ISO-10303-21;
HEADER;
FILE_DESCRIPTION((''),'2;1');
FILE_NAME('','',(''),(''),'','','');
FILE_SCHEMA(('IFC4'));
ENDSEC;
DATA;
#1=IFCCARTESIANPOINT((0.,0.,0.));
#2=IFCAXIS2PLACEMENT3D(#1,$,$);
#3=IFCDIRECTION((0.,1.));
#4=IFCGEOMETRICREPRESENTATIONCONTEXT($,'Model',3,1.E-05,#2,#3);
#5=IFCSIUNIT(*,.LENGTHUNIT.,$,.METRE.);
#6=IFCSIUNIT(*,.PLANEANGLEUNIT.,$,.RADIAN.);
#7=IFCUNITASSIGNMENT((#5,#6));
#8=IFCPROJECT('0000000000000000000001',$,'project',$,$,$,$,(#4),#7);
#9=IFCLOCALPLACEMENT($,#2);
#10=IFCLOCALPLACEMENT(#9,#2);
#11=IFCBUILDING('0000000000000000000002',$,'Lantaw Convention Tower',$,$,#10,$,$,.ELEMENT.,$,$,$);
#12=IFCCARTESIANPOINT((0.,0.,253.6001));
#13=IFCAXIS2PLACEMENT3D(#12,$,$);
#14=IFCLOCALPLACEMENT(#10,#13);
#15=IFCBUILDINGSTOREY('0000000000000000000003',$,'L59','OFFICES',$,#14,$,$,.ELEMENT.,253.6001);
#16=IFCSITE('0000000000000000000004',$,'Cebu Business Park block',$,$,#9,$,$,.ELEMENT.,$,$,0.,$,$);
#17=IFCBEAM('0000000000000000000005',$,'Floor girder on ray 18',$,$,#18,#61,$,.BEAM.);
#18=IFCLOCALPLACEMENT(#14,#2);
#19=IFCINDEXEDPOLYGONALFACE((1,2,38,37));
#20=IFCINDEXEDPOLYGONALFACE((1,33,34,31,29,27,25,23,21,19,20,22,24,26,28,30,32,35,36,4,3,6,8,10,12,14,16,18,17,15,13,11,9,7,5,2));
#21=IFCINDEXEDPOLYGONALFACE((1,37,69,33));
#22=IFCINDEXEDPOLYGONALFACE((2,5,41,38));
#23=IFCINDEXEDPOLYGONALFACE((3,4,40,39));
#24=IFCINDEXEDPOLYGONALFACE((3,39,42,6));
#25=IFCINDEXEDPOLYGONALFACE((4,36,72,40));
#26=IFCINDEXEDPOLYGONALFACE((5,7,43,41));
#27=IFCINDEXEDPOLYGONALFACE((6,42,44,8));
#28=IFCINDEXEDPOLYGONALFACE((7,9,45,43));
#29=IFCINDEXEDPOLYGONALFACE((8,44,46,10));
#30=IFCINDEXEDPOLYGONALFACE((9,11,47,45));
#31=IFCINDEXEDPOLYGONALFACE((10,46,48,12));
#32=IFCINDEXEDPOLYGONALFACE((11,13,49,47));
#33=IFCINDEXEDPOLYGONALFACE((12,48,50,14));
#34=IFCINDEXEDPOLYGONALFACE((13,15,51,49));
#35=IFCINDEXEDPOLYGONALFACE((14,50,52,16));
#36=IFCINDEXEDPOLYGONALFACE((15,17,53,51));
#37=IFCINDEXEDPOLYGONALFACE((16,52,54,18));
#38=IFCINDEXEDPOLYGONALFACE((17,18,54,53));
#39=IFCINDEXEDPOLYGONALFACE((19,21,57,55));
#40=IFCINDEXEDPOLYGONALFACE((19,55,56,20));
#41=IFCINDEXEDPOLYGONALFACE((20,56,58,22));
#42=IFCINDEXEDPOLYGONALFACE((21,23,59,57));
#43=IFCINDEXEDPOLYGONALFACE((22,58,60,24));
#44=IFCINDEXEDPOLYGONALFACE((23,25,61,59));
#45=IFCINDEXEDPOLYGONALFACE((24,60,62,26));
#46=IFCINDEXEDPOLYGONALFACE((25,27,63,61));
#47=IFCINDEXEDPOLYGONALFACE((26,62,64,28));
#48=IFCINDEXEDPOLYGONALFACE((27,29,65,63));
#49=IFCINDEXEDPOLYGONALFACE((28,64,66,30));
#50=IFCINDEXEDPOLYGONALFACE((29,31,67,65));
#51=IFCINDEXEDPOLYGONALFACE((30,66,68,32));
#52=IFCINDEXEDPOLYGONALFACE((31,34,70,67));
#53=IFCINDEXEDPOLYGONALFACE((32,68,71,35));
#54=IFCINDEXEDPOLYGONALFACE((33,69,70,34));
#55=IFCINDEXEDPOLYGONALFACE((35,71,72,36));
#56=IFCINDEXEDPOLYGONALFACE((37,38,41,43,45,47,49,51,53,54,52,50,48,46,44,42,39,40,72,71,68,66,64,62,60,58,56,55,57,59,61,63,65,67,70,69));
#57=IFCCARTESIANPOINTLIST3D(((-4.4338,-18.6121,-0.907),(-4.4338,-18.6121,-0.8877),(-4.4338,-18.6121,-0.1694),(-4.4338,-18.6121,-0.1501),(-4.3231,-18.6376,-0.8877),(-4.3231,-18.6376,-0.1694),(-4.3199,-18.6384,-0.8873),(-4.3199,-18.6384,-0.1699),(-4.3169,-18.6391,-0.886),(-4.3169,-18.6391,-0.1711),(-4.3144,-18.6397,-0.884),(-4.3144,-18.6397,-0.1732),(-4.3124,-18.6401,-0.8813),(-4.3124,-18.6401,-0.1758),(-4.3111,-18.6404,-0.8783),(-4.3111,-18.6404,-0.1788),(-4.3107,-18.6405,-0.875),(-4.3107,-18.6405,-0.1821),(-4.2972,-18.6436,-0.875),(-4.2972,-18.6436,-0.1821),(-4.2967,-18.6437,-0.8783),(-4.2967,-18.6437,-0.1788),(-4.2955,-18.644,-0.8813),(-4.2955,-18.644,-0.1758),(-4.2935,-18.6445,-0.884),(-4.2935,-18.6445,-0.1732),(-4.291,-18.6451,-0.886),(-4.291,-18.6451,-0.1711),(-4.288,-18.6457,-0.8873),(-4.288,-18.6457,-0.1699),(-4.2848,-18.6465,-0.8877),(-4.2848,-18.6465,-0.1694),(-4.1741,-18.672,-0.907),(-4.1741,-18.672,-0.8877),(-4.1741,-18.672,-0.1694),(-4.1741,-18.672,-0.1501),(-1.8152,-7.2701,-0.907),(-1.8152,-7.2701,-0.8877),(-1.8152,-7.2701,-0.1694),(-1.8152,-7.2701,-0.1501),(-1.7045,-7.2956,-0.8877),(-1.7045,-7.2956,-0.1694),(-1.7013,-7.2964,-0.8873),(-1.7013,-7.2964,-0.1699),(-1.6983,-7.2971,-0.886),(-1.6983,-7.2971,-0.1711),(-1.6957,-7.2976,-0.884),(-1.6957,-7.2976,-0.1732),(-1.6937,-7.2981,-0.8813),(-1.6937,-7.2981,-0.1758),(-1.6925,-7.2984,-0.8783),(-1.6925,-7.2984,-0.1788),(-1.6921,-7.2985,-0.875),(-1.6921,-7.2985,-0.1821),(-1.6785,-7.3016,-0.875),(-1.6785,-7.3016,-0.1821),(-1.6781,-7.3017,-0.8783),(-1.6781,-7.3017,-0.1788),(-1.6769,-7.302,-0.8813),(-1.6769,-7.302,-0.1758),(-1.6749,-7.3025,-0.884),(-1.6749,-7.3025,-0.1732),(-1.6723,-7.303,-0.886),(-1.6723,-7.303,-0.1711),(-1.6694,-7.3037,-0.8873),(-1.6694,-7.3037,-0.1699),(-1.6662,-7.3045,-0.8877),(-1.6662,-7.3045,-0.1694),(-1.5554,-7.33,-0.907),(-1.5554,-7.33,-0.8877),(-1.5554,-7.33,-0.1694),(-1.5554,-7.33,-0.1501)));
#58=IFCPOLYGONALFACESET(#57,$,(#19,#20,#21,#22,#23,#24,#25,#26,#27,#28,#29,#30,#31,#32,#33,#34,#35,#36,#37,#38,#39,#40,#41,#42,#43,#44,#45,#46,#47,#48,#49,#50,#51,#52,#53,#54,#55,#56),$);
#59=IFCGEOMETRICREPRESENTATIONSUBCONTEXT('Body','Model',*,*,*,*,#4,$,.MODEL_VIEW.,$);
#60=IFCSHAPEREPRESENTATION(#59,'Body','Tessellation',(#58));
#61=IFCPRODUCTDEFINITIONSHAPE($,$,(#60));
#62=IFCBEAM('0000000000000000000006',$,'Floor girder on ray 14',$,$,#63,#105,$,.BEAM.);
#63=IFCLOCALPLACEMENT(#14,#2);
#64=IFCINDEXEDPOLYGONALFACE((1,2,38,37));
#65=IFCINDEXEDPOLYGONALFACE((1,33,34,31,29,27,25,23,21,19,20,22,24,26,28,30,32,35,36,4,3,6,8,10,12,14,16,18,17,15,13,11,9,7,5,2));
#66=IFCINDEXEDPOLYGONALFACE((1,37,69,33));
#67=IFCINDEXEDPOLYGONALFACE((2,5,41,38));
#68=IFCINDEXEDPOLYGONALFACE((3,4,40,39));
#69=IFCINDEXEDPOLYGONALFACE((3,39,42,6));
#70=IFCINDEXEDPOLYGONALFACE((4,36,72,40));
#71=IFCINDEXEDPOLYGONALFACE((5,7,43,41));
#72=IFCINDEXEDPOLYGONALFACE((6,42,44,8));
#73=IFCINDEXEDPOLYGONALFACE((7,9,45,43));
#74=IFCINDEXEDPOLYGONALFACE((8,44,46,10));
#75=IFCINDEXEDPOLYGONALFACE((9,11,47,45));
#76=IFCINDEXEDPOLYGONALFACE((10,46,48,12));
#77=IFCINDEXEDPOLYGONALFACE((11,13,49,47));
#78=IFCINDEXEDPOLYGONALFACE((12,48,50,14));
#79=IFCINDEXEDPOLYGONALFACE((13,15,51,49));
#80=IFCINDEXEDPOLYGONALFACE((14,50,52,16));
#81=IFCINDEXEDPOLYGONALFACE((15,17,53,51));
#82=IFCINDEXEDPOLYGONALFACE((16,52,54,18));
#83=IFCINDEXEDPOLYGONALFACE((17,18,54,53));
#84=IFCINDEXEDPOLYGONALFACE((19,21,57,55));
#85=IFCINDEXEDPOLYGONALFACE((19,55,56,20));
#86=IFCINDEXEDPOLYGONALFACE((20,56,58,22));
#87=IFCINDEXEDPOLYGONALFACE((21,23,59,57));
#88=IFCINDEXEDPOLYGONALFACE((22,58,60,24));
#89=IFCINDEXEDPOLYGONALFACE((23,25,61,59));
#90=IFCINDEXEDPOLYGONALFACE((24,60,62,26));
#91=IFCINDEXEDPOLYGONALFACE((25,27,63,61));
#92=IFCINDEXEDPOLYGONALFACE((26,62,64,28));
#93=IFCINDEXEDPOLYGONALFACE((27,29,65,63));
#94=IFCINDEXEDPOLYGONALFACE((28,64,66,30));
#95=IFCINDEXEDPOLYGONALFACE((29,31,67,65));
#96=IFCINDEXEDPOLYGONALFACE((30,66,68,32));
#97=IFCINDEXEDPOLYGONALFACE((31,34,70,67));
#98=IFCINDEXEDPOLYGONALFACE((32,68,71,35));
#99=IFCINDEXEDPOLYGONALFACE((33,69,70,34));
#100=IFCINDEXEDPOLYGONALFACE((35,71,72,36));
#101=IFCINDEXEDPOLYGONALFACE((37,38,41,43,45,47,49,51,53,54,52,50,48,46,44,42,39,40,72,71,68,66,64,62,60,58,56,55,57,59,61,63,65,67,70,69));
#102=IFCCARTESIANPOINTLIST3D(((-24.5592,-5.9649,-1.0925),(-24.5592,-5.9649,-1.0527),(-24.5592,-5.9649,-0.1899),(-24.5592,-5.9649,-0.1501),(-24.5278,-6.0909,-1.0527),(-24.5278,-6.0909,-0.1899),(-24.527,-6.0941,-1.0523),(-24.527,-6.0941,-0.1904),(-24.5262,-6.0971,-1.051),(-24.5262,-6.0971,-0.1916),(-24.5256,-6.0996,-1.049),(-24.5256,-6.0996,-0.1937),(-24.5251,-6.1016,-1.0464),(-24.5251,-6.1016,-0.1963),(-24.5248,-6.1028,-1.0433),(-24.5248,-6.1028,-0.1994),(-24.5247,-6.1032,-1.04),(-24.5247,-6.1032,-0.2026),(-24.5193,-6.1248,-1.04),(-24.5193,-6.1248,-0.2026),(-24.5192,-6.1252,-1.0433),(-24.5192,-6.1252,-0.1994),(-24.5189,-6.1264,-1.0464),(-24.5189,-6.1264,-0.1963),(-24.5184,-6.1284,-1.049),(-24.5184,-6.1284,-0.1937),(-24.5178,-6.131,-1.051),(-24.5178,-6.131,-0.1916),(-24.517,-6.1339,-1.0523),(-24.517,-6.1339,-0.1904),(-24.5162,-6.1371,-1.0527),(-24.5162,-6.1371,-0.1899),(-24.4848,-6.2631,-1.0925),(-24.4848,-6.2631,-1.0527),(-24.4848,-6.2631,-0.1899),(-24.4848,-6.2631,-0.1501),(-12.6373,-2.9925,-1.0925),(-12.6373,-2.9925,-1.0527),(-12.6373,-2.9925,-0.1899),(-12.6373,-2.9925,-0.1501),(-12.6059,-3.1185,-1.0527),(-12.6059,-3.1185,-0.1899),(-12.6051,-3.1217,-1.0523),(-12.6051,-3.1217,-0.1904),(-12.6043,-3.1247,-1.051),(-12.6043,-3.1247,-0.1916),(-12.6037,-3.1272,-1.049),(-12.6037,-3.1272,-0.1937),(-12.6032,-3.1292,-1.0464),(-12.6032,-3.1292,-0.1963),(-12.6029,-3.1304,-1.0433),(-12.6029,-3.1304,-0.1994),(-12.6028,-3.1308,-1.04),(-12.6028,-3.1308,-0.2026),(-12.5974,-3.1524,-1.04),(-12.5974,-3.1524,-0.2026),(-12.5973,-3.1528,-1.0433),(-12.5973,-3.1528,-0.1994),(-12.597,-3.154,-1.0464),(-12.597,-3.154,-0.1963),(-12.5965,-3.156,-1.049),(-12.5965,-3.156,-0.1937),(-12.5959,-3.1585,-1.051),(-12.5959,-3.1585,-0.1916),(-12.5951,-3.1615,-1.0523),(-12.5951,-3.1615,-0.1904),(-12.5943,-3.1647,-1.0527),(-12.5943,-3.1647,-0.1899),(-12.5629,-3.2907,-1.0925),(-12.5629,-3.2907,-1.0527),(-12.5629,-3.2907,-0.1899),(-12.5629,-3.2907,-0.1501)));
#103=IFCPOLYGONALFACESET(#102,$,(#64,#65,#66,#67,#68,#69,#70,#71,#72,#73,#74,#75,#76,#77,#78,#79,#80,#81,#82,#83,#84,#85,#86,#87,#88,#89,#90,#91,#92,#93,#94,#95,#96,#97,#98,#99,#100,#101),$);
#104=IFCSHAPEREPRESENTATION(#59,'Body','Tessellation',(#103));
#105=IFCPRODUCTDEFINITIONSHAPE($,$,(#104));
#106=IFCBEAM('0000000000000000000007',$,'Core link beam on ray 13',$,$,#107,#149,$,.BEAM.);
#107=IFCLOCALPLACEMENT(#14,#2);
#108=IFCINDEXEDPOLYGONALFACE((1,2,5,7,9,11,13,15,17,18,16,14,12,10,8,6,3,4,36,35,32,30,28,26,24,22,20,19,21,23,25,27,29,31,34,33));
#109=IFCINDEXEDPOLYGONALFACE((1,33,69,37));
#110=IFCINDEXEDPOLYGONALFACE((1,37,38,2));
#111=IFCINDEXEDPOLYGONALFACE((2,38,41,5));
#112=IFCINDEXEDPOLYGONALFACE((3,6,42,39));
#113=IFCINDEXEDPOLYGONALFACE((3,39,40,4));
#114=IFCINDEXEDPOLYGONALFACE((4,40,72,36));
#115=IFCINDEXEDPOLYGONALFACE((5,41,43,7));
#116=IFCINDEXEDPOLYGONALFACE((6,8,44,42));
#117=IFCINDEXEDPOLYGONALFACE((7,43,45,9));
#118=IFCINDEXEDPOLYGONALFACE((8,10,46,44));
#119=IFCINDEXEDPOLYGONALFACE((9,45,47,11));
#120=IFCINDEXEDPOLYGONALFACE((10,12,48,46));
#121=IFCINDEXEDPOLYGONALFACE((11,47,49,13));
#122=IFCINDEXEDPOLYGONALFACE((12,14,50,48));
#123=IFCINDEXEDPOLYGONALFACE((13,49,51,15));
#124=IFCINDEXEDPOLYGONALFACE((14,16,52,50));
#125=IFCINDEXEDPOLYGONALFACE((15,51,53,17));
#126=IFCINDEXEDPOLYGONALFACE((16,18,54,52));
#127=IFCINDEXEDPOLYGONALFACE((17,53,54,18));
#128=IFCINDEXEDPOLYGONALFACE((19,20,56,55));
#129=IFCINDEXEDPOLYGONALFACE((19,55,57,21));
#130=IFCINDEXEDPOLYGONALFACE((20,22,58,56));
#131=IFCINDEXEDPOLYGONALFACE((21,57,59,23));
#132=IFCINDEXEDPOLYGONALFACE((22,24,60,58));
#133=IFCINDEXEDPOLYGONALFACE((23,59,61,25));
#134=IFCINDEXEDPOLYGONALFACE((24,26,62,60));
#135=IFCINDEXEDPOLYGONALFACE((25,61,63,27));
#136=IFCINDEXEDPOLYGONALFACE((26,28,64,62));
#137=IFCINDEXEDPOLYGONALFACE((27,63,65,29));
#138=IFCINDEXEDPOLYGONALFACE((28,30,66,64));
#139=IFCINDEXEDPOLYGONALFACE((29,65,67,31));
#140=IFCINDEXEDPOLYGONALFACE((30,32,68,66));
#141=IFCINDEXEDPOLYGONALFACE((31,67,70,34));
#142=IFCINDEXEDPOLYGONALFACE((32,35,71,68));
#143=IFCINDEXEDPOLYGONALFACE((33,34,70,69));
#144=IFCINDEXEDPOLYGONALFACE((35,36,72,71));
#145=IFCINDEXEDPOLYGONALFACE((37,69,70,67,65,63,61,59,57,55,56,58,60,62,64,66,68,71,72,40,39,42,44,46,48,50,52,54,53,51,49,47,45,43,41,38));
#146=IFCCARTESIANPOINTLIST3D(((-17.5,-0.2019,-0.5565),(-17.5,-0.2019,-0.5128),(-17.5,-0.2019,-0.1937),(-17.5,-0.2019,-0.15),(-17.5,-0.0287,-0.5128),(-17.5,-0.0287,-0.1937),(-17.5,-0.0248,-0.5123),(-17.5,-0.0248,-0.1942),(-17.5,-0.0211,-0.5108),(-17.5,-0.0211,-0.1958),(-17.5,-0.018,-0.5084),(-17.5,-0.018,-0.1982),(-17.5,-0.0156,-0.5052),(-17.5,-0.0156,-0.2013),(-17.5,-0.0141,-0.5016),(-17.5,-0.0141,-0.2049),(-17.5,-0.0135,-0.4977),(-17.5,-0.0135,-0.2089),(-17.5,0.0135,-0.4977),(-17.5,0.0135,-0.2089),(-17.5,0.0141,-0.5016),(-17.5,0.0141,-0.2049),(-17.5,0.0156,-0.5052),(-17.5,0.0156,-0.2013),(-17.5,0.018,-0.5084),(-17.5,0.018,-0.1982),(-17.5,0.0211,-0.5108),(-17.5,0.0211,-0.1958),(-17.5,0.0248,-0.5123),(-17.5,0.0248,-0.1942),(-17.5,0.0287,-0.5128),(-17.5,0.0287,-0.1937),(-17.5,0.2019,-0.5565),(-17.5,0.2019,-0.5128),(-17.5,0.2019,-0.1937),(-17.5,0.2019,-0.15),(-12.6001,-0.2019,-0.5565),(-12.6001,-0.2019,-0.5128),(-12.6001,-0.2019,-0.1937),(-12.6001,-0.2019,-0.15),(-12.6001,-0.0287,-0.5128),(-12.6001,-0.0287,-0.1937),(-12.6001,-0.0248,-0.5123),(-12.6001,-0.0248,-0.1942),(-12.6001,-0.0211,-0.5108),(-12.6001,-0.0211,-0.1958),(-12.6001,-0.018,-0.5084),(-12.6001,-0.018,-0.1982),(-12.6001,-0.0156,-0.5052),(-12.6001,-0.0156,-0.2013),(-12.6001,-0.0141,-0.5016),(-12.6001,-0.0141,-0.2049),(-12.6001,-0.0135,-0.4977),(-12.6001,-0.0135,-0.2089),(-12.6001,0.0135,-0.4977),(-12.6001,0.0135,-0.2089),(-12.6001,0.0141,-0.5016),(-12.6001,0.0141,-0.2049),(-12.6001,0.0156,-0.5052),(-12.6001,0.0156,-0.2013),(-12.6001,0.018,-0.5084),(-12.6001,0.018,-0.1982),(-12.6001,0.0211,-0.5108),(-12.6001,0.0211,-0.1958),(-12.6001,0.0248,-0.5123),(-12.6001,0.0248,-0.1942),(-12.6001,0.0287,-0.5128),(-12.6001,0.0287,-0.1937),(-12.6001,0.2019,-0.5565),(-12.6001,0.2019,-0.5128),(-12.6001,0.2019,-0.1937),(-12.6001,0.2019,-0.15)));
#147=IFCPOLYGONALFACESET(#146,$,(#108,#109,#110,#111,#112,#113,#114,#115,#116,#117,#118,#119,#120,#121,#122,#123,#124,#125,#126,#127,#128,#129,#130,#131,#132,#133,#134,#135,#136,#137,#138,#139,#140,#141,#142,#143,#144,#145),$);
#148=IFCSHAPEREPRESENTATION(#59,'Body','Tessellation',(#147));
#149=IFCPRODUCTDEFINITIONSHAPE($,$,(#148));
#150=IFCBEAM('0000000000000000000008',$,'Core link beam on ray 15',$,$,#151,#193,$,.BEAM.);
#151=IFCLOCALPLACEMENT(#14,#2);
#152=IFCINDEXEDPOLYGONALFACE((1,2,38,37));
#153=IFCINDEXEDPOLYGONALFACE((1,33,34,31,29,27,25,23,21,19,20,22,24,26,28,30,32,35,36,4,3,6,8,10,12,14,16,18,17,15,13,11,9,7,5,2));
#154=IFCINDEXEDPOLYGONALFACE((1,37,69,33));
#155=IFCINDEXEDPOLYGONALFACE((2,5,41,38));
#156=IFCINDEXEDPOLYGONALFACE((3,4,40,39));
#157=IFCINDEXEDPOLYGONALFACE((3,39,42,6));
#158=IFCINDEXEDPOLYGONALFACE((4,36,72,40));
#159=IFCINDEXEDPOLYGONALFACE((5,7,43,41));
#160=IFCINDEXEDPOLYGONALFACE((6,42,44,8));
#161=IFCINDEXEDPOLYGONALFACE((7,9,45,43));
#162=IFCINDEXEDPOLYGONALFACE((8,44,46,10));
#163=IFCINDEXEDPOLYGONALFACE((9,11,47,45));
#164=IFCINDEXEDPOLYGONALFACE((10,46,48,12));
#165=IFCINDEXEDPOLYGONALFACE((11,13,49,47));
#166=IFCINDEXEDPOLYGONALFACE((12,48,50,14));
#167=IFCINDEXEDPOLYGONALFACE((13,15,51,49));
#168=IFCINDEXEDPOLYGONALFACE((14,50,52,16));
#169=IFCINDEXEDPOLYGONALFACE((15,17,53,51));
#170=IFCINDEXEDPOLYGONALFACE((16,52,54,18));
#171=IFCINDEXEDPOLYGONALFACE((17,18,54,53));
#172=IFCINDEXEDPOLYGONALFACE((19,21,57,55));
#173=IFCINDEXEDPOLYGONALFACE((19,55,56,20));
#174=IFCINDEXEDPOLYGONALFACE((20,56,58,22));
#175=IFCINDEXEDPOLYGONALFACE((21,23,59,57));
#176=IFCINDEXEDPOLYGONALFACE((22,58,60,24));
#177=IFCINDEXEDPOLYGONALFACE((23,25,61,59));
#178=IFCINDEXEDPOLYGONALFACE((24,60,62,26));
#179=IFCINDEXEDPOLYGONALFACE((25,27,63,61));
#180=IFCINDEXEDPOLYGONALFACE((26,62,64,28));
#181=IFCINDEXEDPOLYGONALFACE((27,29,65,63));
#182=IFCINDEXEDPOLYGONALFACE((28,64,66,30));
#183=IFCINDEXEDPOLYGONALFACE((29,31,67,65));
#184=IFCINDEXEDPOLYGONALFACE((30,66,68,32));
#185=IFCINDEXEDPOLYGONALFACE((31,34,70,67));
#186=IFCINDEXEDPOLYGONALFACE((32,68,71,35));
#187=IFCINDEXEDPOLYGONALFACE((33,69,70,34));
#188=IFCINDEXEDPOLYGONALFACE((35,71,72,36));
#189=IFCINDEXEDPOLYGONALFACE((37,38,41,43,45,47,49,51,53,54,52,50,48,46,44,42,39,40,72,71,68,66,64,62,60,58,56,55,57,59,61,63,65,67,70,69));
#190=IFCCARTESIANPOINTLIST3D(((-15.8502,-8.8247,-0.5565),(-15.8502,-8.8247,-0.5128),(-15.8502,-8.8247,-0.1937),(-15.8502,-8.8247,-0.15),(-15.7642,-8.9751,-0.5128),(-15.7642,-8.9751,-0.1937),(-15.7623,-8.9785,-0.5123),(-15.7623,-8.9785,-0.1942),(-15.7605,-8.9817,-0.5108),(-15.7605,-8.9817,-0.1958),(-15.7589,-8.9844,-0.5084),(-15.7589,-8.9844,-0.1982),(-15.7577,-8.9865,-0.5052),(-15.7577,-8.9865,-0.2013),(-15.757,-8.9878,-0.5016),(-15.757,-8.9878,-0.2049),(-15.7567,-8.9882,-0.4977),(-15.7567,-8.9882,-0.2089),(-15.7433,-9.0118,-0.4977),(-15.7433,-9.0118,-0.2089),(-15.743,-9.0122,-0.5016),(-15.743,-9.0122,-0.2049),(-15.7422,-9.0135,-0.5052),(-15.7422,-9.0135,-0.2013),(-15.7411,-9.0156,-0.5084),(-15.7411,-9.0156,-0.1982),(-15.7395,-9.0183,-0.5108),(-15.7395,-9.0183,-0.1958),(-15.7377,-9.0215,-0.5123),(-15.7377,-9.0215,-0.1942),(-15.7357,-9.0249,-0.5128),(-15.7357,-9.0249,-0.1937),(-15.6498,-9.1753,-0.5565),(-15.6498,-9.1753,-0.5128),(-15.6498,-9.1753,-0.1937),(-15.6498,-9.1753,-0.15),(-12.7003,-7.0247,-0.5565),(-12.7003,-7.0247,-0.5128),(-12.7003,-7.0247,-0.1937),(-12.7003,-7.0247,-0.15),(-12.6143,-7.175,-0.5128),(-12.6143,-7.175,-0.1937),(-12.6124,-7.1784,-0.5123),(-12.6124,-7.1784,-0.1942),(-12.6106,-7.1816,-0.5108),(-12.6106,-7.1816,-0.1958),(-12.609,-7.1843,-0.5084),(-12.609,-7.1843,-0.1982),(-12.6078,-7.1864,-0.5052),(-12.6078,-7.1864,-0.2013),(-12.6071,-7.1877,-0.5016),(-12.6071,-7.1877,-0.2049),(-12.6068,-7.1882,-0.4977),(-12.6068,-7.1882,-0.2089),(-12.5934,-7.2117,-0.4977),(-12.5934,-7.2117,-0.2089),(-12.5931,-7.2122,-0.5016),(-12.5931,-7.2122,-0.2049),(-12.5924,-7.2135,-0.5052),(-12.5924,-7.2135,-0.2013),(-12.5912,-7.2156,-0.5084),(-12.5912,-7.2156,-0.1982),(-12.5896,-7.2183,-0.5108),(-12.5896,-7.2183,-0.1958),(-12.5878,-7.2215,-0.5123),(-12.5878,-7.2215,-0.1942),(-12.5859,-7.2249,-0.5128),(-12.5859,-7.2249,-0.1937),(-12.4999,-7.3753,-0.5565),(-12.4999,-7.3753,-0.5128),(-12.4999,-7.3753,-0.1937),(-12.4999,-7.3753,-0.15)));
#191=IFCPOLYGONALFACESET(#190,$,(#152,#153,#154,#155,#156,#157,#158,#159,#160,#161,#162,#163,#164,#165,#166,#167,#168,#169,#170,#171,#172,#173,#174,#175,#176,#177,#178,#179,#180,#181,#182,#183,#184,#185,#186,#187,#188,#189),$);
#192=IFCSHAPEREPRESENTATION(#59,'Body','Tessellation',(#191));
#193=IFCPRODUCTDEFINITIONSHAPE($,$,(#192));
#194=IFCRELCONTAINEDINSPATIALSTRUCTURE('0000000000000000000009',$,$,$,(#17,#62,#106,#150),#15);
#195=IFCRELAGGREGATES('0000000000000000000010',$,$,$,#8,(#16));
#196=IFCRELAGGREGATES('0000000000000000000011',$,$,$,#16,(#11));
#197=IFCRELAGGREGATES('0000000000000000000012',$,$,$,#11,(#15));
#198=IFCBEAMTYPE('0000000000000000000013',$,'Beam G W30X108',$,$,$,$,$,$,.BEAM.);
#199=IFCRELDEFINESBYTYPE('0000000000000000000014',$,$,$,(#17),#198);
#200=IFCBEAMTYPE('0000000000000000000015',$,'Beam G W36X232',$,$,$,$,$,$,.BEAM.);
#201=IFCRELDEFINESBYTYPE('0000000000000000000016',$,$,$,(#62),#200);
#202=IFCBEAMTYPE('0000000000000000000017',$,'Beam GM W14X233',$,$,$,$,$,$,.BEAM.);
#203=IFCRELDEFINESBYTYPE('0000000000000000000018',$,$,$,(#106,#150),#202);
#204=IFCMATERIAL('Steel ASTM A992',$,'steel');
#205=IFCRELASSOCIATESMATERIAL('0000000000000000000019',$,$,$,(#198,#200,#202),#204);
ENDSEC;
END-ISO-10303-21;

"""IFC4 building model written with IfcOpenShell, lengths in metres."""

from ifc_helpers import new_model, si_unit, direction, frame, origin, origin_2d, place, context, subcontext, project, spatial, i_section, extrude, material, material_profile, profile_set, type_object, element, save


model = new_model("IFC4")

# Units and contexts
model_context = context("Model", 3, precision=1e-05, world=origin(), true_north=direction((0.0, 1.0)))
body_context = subcontext(model_context, "Body", "Model", "MODEL_VIEW")
ifc_project = project(units=[si_unit("LENGTHUNIT", "METRE"), si_unit("PLANEANGLEUNIT", "RADIAN")], contexts=[model_context])

# Site, building, storey
site_placement = place(None, origin())
site = spatial("IfcSite", under=ifc_project, at=site_placement, Name="Cebu Business Park block", CompositionType="ELEMENT", RefElevation=0.0)
building_placement = place(site_placement, origin())
building = spatial("IfcBuilding", under=site, at=building_placement, Name="Lantaw Convention Tower", CompositionType="ELEMENT")
storey_placement = place(building_placement, frame((0.0, 0.0, 253.6001)))
storey = spatial("IfcBuildingStorey", under=building, at=storey_placement, Name="L59", Description="OFFICES", CompositionType="ELEMENT", Elevation=253.6001)

# Beams
ifc_material_1 = material(Name="Steel ASTM A992", Category="steel")
ifc_material_profile_1 = material_profile(ifc_material_1, i_section(OverallWidth=0.2666, OverallDepth=0.7568, WebThickness=0.0139, FlangeThickness=0.0193, FilletRadius=0.0127, at=origin_2d()), Name="W30X108")
ifc_profile_set_1 = profile_set([ifc_material_profile_1], Name="Steel ASTM A992")
beam_type_1 = type_object("IfcBeamType", Name="Beam G W30X108", PredefinedType="BEAM", material=ifc_profile_set_1)
beam_1_placement = place(storey_placement, frame((-1.6853, -7.3, -0.5286), z_axis=(-0.224962, -0.974368, 0.0), x_axis=(0.974368, -0.224962, 0.0)))
element("IfcBeam", 1, at=beam_1_placement, inside=storey, type_object=beam_type_1, Name="Floor girder on ray 18", PredefinedType="BEAM", context=body_context, shape_type="SweptSolid", body=[
    extrude(i_section(OverallWidth=0.2666, OverallDepth=0.7568, WebThickness=0.0139, FlangeThickness=0.0193, FilletRadius=0.0127, at=origin_2d()), origin(), (0.0, 0.0, 1.0), 11.6404),
])
ifc_material_profile_2 = material_profile(ifc_material_1, i_section(OverallWidth=0.3074, OverallDepth=0.9424, WebThickness=0.0222, FlangeThickness=0.0398, FilletRadius=0.0127, at=origin_2d()), Name="W36X232")
ifc_profile_set_2 = profile_set([ifc_material_profile_2], Name="Steel ASTM A992")
beam_type_2 = type_object("IfcBeamType", Name="Beam G W36X232", PredefinedType="BEAM", material=ifc_profile_set_2)
beam_2_placement = place(storey_placement, frame((-12.6001, -3.1416, -0.6213), z_axis=(-0.970297, -0.241918, 0.0), x_axis=(0.241918, -0.970297, 0.0)))
element("IfcBeam", 2, at=beam_2_placement, inside=storey, type_object=beam_type_2, Name="Floor girder on ray 14", PredefinedType="BEAM", context=body_context, shape_type="SweptSolid", body=[
    extrude(i_section(OverallWidth=0.3074, OverallDepth=0.9424, WebThickness=0.0222, FlangeThickness=0.0398, FilletRadius=0.0127, at=origin_2d()), origin(), (0.0, 0.0, 1.0), 12.2869),
])
ifc_material_profile_3 = material_profile(ifc_material_1, i_section(OverallWidth=0.4038, OverallDepth=0.4065, WebThickness=0.0271, FlangeThickness=0.0437, FilletRadius=0.0151, at=origin_2d()), Name="W14X233")
ifc_profile_set_3 = profile_set([ifc_material_profile_3], Name="Steel ASTM A992")
beam_type_3 = type_object("IfcBeamType", Name="Beam GM W14X233", PredefinedType="BEAM", material=ifc_profile_set_3)
beam_3_placement = place(storey_placement, frame((-12.6001, 0.0, -0.3533), z_axis=(-1.0, 0.0, 0.0), x_axis=(0.0, -1.0, 0.0)))
element("IfcBeam", 3, at=beam_3_placement, inside=storey, type_object=beam_type_3, Name="Core link beam on ray 13", PredefinedType="BEAM", context=body_context, shape_type="SweptSolid", body=[
    extrude(i_section(OverallWidth=0.4038, OverallDepth=0.4065, WebThickness=0.0271, FlangeThickness=0.0437, FilletRadius=0.0151, at=origin_2d()), origin(), (0.0, 0.0, 1.0), 4.8999),
])
beam_4_placement = place(storey_placement, frame((-12.6001, -7.2, -0.3533), z_axis=(-0.868231, -0.496161, 0.0), x_axis=(0.496161, -0.868231, 0.0)))
element("IfcBeam", 4, at=beam_4_placement, inside=storey, type_object=beam_type_3, Name="Core link beam on ray 15", PredefinedType="BEAM", context=body_context, shape_type="SweptSolid", body=[
    extrude(i_section(OverallWidth=0.4038, OverallDepth=0.4065, WebThickness=0.0271, FlangeThickness=0.0437, FilletRadius=0.0151, at=origin_2d()), origin(), (0.0, 0.0, 1.0), 3.6279),
])

save(model, "model.ifc")
